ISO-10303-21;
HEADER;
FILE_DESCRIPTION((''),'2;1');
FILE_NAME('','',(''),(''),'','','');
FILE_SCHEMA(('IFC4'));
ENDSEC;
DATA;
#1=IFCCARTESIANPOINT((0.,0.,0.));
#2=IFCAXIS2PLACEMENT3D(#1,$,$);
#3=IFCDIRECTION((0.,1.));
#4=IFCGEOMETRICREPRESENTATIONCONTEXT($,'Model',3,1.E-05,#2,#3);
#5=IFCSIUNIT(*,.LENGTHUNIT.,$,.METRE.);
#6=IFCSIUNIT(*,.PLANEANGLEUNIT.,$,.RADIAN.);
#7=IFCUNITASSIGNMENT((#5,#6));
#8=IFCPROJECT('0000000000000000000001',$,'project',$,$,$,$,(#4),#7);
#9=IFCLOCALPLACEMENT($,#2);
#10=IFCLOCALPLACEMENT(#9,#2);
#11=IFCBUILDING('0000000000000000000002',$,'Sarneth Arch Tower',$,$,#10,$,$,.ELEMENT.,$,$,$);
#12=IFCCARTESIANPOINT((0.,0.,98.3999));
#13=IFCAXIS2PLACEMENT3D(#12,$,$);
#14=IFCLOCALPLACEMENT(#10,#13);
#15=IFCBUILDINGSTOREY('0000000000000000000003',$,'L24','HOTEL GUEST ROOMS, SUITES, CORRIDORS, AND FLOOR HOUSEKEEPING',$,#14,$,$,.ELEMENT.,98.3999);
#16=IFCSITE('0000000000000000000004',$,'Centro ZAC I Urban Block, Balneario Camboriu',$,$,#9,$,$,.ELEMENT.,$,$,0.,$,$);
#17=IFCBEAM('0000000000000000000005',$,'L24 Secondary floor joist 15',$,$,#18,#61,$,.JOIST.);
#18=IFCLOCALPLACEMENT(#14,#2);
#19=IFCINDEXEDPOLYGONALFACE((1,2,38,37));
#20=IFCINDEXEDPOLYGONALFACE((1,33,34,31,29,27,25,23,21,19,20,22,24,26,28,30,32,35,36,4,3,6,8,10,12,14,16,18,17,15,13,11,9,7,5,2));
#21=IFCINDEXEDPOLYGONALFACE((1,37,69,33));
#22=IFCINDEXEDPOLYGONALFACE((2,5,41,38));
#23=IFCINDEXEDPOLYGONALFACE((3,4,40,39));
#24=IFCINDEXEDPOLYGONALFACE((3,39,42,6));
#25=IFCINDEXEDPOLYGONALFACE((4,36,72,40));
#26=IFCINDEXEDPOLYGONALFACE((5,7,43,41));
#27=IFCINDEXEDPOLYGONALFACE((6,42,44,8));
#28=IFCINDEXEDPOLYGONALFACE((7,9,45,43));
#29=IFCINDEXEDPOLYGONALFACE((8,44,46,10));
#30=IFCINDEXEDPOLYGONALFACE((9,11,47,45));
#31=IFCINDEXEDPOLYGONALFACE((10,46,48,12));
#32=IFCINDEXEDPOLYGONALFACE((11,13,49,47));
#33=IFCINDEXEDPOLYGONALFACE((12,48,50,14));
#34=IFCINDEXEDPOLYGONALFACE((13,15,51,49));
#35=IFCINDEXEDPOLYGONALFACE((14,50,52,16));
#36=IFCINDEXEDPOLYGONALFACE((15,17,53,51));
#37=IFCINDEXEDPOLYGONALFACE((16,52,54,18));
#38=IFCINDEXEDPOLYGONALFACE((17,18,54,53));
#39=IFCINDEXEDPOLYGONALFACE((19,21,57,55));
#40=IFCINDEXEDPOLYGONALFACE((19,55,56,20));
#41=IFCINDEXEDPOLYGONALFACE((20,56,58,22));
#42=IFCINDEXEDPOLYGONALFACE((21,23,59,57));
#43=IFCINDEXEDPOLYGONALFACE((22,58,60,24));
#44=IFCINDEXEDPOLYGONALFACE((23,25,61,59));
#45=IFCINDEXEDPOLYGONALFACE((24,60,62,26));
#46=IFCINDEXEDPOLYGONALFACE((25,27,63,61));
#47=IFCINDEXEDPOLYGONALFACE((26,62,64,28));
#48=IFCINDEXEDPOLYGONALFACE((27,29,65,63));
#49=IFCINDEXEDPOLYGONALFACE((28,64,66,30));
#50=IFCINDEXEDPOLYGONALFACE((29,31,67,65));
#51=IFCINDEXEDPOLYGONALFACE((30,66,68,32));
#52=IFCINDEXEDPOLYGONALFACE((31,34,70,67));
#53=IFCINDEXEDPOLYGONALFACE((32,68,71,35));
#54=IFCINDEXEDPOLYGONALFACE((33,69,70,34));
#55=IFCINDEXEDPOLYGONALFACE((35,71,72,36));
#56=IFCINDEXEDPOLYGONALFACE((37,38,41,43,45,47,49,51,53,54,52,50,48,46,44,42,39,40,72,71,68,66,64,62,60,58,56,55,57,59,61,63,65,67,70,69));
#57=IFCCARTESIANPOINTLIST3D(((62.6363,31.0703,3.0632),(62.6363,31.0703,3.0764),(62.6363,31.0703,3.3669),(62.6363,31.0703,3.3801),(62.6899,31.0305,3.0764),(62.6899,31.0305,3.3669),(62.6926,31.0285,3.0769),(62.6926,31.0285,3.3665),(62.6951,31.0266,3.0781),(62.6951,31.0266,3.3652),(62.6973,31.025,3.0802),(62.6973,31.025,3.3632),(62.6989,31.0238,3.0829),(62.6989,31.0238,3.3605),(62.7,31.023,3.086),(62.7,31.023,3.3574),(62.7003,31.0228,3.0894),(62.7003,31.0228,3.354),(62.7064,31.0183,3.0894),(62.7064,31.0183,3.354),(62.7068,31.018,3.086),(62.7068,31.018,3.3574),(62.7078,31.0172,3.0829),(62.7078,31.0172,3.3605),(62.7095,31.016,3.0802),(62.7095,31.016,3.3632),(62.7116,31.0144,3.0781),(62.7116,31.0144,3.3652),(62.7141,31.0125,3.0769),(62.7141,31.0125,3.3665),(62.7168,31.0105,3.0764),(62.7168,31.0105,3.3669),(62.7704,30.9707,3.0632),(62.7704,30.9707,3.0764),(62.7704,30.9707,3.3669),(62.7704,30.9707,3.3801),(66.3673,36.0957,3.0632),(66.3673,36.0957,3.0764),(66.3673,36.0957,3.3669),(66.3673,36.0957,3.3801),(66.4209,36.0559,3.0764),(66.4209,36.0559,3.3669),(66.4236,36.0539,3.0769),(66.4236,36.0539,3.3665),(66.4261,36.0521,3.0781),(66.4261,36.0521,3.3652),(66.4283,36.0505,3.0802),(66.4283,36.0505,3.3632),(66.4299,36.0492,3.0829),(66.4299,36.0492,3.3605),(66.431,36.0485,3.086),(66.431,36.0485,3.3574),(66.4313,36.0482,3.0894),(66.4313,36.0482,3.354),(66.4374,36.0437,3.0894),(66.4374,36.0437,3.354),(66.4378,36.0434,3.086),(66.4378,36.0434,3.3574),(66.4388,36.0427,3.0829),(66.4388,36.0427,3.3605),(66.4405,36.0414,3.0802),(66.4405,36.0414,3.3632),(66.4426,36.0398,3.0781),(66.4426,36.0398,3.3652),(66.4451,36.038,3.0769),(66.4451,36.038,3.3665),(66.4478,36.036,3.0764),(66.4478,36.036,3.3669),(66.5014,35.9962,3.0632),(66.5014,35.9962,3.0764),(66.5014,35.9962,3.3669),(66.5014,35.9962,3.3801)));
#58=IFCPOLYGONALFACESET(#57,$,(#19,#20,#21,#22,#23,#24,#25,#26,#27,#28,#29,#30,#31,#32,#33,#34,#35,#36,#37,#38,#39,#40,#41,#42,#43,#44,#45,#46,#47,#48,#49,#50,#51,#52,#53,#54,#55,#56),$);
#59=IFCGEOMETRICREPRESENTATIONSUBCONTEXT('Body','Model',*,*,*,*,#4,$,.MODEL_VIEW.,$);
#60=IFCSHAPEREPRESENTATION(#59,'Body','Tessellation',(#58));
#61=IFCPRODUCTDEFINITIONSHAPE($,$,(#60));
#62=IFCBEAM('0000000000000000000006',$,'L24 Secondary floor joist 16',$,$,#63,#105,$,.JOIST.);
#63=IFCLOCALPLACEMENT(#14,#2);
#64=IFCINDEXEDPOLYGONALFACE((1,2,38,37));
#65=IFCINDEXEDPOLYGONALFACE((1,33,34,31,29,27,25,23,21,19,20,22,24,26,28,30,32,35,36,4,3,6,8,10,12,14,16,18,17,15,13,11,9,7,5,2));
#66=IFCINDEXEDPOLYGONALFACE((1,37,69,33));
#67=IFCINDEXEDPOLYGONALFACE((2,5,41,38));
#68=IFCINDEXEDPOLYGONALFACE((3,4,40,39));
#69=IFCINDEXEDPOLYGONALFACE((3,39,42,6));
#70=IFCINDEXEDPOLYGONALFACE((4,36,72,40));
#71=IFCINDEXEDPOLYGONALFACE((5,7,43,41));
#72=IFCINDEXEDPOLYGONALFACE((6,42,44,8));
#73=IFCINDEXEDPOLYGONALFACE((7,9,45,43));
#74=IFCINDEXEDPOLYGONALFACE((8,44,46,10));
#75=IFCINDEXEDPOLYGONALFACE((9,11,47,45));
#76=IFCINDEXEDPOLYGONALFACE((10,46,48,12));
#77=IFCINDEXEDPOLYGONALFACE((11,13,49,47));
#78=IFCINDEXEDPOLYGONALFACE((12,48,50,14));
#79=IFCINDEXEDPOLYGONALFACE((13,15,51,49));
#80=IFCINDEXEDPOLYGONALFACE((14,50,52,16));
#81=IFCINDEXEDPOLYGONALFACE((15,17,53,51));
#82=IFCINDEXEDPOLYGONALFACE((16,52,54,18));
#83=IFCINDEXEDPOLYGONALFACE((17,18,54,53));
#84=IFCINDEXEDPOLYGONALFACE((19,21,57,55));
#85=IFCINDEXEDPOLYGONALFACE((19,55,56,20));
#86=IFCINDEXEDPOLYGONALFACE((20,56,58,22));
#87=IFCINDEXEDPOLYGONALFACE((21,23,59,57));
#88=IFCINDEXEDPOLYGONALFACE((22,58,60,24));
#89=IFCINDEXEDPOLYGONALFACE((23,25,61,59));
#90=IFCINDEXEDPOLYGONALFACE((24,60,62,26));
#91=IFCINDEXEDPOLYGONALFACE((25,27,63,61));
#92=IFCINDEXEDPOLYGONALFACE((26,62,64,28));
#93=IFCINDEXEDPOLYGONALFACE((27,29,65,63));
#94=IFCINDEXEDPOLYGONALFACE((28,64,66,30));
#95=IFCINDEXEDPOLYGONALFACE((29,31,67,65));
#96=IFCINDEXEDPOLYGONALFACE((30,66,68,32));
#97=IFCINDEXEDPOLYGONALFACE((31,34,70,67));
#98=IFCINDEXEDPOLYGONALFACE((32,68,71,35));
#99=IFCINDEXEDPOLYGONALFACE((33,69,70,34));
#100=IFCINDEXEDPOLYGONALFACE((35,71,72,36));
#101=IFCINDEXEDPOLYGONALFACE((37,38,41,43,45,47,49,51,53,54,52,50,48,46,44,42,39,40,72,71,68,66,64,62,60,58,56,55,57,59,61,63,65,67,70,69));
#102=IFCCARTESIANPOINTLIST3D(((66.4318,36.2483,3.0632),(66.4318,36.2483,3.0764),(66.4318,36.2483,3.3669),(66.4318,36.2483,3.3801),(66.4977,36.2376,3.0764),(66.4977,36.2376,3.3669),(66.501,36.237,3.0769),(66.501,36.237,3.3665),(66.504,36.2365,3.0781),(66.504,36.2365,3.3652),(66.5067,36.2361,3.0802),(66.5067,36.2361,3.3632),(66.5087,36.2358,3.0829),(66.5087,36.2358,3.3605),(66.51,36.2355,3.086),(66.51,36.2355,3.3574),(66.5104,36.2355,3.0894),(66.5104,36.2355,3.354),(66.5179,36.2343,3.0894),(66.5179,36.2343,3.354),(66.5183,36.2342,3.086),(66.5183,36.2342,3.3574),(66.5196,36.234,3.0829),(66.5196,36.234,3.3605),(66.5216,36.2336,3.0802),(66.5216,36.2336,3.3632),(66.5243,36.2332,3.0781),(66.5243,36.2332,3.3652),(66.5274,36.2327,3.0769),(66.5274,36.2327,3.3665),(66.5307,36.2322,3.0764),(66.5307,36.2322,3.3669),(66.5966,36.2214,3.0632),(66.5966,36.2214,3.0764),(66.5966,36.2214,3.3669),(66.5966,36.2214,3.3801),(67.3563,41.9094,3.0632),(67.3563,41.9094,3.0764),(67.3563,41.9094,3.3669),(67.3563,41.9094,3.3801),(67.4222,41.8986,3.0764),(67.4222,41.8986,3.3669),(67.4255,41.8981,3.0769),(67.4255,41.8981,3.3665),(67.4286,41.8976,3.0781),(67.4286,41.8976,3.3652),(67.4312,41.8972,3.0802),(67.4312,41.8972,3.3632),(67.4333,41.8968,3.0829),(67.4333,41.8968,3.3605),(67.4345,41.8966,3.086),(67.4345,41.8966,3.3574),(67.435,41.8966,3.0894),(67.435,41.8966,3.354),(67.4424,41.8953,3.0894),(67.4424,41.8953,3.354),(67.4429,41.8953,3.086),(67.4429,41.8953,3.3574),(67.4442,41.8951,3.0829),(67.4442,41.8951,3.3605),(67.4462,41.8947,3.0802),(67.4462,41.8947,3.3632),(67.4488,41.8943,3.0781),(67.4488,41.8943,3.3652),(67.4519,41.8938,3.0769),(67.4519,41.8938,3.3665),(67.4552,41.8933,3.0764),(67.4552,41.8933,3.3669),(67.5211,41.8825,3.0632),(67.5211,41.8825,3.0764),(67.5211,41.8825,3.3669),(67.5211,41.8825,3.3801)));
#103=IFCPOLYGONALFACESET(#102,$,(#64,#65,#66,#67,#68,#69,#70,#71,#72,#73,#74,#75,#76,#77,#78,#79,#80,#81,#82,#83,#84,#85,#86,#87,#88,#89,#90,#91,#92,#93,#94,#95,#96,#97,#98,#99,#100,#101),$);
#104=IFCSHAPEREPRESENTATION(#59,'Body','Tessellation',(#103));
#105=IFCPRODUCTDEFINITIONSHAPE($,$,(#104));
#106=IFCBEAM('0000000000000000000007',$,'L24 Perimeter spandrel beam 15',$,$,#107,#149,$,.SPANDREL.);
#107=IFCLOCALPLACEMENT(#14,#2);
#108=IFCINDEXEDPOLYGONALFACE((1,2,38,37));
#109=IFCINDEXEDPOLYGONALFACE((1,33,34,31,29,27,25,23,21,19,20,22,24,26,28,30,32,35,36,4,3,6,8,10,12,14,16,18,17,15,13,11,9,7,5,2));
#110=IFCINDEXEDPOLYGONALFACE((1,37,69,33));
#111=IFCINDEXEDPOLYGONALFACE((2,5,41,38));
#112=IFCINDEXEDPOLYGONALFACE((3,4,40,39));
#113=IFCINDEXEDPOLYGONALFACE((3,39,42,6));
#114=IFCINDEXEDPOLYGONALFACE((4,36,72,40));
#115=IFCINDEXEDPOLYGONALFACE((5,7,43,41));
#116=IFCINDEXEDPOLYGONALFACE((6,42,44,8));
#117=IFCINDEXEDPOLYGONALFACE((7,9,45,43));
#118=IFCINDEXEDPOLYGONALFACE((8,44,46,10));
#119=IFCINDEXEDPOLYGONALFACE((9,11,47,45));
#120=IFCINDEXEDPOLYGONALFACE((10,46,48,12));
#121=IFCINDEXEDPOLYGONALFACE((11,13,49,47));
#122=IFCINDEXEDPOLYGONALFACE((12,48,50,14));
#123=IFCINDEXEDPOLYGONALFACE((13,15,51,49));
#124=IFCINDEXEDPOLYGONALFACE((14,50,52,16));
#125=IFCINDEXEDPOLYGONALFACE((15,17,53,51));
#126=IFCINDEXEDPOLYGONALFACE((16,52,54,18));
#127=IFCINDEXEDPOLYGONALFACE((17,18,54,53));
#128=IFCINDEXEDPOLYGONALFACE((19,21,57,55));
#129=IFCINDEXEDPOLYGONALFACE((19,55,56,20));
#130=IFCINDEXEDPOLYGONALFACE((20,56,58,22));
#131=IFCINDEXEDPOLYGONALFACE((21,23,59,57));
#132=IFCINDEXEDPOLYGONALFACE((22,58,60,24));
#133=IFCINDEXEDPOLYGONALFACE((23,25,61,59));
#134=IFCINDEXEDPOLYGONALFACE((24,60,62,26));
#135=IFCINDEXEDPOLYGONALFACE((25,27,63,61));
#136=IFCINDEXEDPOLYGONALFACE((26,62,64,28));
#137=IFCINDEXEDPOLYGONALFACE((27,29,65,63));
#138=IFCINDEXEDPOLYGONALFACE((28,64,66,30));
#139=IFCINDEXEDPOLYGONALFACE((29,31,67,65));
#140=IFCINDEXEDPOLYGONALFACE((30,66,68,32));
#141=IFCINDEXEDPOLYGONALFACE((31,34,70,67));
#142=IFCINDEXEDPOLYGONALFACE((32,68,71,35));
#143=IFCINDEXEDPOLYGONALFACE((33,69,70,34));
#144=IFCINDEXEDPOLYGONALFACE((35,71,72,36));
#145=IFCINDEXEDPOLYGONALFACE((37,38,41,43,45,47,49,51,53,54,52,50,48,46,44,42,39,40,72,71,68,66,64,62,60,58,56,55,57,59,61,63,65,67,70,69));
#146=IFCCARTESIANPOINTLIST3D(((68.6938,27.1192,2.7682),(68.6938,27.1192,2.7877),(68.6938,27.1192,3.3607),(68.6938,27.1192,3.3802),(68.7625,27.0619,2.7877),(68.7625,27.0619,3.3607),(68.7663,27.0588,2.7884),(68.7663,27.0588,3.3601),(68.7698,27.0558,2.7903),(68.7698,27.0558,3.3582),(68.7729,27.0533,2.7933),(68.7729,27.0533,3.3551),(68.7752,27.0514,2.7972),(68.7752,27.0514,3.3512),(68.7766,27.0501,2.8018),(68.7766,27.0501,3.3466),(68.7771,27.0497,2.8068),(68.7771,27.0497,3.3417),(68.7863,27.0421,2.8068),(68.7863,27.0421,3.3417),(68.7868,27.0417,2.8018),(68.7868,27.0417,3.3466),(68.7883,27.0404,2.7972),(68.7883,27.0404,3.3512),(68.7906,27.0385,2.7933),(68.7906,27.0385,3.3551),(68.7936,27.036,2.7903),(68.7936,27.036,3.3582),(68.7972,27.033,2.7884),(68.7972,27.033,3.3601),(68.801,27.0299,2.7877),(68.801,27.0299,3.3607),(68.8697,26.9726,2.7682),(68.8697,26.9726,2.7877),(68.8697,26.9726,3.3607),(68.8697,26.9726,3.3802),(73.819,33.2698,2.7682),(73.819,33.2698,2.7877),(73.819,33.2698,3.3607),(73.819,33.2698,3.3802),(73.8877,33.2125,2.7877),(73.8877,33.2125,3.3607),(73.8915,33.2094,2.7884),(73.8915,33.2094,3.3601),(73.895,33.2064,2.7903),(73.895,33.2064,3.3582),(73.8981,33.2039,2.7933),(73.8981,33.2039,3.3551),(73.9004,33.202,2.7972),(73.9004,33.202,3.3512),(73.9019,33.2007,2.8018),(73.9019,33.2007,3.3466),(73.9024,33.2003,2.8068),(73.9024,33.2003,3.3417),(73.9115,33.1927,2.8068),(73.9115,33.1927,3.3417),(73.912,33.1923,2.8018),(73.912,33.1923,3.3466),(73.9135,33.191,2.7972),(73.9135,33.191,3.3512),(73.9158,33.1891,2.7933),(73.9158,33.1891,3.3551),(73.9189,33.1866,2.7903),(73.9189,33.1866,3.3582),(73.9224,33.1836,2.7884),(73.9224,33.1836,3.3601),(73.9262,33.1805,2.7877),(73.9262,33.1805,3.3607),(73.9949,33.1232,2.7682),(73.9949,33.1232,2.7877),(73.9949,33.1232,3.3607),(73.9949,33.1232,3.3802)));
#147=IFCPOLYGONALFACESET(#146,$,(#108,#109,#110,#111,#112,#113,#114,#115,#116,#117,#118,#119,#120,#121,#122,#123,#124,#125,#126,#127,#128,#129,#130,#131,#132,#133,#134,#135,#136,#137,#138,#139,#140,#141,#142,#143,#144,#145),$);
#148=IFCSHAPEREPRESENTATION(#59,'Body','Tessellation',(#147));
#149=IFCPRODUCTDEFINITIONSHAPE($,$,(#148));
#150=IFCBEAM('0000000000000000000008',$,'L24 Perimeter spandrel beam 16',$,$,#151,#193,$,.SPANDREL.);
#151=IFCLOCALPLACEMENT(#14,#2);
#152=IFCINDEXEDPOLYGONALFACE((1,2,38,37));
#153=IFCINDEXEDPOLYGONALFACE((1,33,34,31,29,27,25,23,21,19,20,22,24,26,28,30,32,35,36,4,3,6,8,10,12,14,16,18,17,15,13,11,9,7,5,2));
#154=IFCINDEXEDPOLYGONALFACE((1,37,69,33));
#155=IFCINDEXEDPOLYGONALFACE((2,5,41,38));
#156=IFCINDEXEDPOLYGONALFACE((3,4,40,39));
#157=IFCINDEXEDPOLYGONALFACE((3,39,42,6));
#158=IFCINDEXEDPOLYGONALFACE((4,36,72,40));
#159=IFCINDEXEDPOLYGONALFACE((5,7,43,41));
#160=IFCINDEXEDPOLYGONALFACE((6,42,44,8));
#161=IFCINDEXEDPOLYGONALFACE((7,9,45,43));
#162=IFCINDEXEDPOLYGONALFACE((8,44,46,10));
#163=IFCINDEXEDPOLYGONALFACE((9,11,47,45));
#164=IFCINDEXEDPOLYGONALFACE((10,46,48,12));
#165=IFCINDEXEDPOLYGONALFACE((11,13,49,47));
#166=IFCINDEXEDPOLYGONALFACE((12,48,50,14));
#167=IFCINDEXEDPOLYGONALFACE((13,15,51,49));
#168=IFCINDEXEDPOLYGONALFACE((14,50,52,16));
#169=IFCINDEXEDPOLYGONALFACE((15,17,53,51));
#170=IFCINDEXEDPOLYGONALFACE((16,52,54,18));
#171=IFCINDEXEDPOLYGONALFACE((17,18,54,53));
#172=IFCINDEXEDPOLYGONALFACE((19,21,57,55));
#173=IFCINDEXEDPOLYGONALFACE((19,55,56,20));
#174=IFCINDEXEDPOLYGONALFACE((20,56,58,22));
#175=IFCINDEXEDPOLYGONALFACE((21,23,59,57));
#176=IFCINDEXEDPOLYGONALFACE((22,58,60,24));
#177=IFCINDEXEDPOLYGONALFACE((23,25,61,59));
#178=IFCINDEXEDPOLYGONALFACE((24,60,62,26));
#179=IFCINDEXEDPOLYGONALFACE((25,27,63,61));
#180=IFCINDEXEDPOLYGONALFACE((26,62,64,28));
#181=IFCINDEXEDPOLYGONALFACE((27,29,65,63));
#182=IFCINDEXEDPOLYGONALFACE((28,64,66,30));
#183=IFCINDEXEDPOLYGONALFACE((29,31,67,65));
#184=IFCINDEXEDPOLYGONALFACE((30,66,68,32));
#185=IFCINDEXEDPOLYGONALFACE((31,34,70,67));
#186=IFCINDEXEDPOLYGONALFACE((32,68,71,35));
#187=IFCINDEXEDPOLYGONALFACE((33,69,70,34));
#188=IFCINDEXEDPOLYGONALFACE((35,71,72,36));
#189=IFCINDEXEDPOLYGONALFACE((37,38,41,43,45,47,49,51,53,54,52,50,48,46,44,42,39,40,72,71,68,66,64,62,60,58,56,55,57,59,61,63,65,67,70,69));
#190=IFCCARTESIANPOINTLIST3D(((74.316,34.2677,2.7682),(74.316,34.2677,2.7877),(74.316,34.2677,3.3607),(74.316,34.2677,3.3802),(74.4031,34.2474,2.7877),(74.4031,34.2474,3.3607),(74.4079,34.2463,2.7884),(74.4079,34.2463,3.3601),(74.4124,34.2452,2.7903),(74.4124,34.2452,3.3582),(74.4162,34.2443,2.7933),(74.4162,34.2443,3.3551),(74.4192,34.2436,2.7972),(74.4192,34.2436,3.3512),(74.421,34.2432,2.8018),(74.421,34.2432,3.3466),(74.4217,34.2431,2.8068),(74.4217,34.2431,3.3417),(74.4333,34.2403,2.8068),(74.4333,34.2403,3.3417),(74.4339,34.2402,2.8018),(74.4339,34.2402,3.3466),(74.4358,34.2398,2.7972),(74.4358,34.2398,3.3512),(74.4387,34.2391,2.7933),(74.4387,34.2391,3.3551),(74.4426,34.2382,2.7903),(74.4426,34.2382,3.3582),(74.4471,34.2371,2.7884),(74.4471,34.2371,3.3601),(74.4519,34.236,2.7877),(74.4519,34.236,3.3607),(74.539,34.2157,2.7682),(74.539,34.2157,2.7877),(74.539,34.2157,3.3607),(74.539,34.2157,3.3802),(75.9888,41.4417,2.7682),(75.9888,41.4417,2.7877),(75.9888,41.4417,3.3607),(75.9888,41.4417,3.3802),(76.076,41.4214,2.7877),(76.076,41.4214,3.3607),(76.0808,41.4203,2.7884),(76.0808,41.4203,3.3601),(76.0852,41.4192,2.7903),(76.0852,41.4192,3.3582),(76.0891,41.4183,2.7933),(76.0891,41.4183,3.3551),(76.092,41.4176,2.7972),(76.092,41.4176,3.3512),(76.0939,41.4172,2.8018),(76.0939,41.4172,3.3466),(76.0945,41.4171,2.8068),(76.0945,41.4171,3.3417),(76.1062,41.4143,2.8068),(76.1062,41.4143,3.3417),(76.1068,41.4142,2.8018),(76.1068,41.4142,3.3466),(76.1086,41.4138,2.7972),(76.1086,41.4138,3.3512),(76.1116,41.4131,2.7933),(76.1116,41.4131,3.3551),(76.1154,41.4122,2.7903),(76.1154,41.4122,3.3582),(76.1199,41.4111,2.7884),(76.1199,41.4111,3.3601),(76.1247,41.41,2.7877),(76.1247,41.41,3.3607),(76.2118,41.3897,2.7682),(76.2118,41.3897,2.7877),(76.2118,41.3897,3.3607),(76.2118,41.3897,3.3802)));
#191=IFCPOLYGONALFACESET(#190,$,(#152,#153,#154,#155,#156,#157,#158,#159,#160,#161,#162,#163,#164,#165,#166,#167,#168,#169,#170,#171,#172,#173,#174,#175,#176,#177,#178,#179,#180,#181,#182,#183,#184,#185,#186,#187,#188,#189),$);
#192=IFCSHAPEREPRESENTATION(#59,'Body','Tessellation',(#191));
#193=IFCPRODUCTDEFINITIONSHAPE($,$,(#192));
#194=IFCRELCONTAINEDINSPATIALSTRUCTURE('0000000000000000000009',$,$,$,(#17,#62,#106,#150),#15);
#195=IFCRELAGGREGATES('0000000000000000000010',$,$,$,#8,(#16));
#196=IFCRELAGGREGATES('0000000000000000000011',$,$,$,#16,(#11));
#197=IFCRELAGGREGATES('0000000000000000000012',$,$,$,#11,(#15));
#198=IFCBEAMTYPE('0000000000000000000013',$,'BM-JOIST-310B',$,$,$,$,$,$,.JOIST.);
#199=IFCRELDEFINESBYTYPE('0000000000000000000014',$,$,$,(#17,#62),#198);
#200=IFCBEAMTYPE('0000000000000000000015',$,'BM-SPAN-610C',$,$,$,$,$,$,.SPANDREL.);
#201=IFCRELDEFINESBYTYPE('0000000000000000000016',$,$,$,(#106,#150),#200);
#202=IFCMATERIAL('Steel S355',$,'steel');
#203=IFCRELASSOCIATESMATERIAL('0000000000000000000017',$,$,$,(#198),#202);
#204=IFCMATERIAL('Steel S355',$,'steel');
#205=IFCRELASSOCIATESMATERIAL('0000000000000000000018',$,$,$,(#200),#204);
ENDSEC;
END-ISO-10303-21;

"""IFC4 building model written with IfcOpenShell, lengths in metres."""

from ifc_helpers import new_model, si_unit, direction, frame, origin, origin_2d, place, context, subcontext, project, spatial, i_section, extrude, material, material_profile, profile_set, type_object, element, save


model = new_model("IFC4")

# Units and contexts
model_context = context("Model", 3, precision=1e-05, world=origin(), true_north=direction((0.0, 1.0)))
body_context = subcontext(model_context, "Body", "Model", "MODEL_VIEW")
ifc_project = project(units=[si_unit("LENGTHUNIT", "METRE"), si_unit("PLANEANGLEUNIT", "RADIAN")], contexts=[model_context])

# Site, building, storey
site_placement = place(None, origin())
site = spatial("IfcSite", under=ifc_project, at=site_placement, Name="Centro ZAC I Urban Block, Balneario Camboriu", CompositionType="ELEMENT", RefElevation=0.0)
building_placement = place(site_placement, origin())
building = spatial("IfcBuilding", under=site, at=building_placement, Name="Sarneth Arch Tower", CompositionType="ELEMENT")
storey_placement = place(building_placement, frame((0.0, 0.0, 98.3999)))
storey = spatial("IfcBuildingStorey", under=building, at=storey_placement, Name="L24", Description="HOTEL GUEST ROOMS, SUITES, CORRIDORS, AND FLOOR HOUSEKEEPING", CompositionType="ELEMENT", Elevation=98.3999)

# Beams
ifc_material_1 = material(Name="Steel S355", Category="steel")
ifc_material_profile_1 = material_profile(ifc_material_1, i_section(OverallWidth=0.167, OverallDepth=0.3169, WebThickness=0.0076, FlangeThickness=0.0132, FilletRadius=0.0129, at=origin_2d()), Name="W310x52")
ifc_profile_set_1 = profile_set([ifc_material_profile_1], Name="Steel S355")
beam_type_1 = type_object("IfcBeamType", Name="BM-JOIST-310B", PredefinedType="JOIST", material=ifc_profile_set_1)
beam_1_placement = place(storey_placement, frame((62.7034, 31.0205, 3.2217), z_axis=(0.596098, 0.802911, 0.0), x_axis=(-0.802911, 0.596098, 0.0)))
element("IfcBeam", 1, at=beam_1_placement, inside=storey, type_object=beam_type_1, Name="L24 Secondary floor joist 15", PredefinedType="JOIST", context=body_context, shape_type="SweptSolid", body=[
    extrude(i_section(OverallWidth=0.167, OverallDepth=0.3169, WebThickness=0.0076, FlangeThickness=0.0132, FilletRadius=0.0129, at=origin_2d()), origin(), (0.0, 0.0, 1.0), 6.259),
])
beam_2_placement = place(storey_placement, frame((66.5142, 36.2349, 3.2217), z_axis=(0.161182, 0.986925, 0.0), x_axis=(-0.986925, 0.161182, 0.0)))
element("IfcBeam", 2, at=beam_2_placement, inside=storey, type_object=beam_type_1, Name="L24 Secondary floor joist 16", PredefinedType="JOIST", context=body_context, shape_type="SweptSolid", body=[
    extrude(i_section(OverallWidth=0.167, OverallDepth=0.3169, WebThickness=0.0076, FlangeThickness=0.0132, FilletRadius=0.0129, at=origin_2d()), origin(), (0.0, 0.0, 1.0), 5.7361),
])
ifc_material_2 = material(Name="Steel S355", Category="steel")
ifc_material_profile_2 = material_profile(ifc_material_2, i_section(OverallWidth=0.229, OverallDepth=0.6121, WebThickness=0.012, FlangeThickness=0.0195, FilletRadius=0.019, at=origin_2d()), Name="W610x125")
ifc_profile_set_2 = profile_set([ifc_material_profile_2], Name="Steel S355")
beam_type_2 = type_object("IfcBeamType", Name="BM-SPAN-610C", PredefinedType="SPANDREL", material=ifc_profile_set_2)
beam_3_placement = place(storey_placement, frame((68.7817, 27.0459, 3.0742), z_axis=(0.640163, 0.768239, 0.0), x_axis=(-0.768239, 0.640163, 0.0)))
element("IfcBeam", 3, at=beam_3_placement, inside=storey, type_object=beam_type_2, Name="L24 Perimeter spandrel beam 15", PredefinedType="SPANDREL", context=body_context, shape_type="SweptSolid", body=[
    extrude(i_section(OverallWidth=0.229, OverallDepth=0.6121, WebThickness=0.012, FlangeThickness=0.0195, FilletRadius=0.019, at=origin_2d()), origin(), (0.0, 0.0, 1.0), 8.0061),
])
beam_4_placement = place(storey_placement, frame((74.4275, 34.2417, 3.0742), z_axis=(0.227088, 0.973874, 0.0), x_axis=(-0.973874, 0.227088, 0.0)))
element("IfcBeam", 4, at=beam_4_placement, inside=storey, type_object=beam_type_2, Name="L24 Perimeter spandrel beam 16", PredefinedType="SPANDREL", context=body_context, shape_type="SweptSolid", body=[
    extrude(i_section(OverallWidth=0.229, OverallDepth=0.6121, WebThickness=0.012, FlangeThickness=0.0195, FilletRadius=0.019, at=origin_2d()), origin(), (0.0, 0.0, 1.0), 7.3665),
])

save(model, "model.ifc")
